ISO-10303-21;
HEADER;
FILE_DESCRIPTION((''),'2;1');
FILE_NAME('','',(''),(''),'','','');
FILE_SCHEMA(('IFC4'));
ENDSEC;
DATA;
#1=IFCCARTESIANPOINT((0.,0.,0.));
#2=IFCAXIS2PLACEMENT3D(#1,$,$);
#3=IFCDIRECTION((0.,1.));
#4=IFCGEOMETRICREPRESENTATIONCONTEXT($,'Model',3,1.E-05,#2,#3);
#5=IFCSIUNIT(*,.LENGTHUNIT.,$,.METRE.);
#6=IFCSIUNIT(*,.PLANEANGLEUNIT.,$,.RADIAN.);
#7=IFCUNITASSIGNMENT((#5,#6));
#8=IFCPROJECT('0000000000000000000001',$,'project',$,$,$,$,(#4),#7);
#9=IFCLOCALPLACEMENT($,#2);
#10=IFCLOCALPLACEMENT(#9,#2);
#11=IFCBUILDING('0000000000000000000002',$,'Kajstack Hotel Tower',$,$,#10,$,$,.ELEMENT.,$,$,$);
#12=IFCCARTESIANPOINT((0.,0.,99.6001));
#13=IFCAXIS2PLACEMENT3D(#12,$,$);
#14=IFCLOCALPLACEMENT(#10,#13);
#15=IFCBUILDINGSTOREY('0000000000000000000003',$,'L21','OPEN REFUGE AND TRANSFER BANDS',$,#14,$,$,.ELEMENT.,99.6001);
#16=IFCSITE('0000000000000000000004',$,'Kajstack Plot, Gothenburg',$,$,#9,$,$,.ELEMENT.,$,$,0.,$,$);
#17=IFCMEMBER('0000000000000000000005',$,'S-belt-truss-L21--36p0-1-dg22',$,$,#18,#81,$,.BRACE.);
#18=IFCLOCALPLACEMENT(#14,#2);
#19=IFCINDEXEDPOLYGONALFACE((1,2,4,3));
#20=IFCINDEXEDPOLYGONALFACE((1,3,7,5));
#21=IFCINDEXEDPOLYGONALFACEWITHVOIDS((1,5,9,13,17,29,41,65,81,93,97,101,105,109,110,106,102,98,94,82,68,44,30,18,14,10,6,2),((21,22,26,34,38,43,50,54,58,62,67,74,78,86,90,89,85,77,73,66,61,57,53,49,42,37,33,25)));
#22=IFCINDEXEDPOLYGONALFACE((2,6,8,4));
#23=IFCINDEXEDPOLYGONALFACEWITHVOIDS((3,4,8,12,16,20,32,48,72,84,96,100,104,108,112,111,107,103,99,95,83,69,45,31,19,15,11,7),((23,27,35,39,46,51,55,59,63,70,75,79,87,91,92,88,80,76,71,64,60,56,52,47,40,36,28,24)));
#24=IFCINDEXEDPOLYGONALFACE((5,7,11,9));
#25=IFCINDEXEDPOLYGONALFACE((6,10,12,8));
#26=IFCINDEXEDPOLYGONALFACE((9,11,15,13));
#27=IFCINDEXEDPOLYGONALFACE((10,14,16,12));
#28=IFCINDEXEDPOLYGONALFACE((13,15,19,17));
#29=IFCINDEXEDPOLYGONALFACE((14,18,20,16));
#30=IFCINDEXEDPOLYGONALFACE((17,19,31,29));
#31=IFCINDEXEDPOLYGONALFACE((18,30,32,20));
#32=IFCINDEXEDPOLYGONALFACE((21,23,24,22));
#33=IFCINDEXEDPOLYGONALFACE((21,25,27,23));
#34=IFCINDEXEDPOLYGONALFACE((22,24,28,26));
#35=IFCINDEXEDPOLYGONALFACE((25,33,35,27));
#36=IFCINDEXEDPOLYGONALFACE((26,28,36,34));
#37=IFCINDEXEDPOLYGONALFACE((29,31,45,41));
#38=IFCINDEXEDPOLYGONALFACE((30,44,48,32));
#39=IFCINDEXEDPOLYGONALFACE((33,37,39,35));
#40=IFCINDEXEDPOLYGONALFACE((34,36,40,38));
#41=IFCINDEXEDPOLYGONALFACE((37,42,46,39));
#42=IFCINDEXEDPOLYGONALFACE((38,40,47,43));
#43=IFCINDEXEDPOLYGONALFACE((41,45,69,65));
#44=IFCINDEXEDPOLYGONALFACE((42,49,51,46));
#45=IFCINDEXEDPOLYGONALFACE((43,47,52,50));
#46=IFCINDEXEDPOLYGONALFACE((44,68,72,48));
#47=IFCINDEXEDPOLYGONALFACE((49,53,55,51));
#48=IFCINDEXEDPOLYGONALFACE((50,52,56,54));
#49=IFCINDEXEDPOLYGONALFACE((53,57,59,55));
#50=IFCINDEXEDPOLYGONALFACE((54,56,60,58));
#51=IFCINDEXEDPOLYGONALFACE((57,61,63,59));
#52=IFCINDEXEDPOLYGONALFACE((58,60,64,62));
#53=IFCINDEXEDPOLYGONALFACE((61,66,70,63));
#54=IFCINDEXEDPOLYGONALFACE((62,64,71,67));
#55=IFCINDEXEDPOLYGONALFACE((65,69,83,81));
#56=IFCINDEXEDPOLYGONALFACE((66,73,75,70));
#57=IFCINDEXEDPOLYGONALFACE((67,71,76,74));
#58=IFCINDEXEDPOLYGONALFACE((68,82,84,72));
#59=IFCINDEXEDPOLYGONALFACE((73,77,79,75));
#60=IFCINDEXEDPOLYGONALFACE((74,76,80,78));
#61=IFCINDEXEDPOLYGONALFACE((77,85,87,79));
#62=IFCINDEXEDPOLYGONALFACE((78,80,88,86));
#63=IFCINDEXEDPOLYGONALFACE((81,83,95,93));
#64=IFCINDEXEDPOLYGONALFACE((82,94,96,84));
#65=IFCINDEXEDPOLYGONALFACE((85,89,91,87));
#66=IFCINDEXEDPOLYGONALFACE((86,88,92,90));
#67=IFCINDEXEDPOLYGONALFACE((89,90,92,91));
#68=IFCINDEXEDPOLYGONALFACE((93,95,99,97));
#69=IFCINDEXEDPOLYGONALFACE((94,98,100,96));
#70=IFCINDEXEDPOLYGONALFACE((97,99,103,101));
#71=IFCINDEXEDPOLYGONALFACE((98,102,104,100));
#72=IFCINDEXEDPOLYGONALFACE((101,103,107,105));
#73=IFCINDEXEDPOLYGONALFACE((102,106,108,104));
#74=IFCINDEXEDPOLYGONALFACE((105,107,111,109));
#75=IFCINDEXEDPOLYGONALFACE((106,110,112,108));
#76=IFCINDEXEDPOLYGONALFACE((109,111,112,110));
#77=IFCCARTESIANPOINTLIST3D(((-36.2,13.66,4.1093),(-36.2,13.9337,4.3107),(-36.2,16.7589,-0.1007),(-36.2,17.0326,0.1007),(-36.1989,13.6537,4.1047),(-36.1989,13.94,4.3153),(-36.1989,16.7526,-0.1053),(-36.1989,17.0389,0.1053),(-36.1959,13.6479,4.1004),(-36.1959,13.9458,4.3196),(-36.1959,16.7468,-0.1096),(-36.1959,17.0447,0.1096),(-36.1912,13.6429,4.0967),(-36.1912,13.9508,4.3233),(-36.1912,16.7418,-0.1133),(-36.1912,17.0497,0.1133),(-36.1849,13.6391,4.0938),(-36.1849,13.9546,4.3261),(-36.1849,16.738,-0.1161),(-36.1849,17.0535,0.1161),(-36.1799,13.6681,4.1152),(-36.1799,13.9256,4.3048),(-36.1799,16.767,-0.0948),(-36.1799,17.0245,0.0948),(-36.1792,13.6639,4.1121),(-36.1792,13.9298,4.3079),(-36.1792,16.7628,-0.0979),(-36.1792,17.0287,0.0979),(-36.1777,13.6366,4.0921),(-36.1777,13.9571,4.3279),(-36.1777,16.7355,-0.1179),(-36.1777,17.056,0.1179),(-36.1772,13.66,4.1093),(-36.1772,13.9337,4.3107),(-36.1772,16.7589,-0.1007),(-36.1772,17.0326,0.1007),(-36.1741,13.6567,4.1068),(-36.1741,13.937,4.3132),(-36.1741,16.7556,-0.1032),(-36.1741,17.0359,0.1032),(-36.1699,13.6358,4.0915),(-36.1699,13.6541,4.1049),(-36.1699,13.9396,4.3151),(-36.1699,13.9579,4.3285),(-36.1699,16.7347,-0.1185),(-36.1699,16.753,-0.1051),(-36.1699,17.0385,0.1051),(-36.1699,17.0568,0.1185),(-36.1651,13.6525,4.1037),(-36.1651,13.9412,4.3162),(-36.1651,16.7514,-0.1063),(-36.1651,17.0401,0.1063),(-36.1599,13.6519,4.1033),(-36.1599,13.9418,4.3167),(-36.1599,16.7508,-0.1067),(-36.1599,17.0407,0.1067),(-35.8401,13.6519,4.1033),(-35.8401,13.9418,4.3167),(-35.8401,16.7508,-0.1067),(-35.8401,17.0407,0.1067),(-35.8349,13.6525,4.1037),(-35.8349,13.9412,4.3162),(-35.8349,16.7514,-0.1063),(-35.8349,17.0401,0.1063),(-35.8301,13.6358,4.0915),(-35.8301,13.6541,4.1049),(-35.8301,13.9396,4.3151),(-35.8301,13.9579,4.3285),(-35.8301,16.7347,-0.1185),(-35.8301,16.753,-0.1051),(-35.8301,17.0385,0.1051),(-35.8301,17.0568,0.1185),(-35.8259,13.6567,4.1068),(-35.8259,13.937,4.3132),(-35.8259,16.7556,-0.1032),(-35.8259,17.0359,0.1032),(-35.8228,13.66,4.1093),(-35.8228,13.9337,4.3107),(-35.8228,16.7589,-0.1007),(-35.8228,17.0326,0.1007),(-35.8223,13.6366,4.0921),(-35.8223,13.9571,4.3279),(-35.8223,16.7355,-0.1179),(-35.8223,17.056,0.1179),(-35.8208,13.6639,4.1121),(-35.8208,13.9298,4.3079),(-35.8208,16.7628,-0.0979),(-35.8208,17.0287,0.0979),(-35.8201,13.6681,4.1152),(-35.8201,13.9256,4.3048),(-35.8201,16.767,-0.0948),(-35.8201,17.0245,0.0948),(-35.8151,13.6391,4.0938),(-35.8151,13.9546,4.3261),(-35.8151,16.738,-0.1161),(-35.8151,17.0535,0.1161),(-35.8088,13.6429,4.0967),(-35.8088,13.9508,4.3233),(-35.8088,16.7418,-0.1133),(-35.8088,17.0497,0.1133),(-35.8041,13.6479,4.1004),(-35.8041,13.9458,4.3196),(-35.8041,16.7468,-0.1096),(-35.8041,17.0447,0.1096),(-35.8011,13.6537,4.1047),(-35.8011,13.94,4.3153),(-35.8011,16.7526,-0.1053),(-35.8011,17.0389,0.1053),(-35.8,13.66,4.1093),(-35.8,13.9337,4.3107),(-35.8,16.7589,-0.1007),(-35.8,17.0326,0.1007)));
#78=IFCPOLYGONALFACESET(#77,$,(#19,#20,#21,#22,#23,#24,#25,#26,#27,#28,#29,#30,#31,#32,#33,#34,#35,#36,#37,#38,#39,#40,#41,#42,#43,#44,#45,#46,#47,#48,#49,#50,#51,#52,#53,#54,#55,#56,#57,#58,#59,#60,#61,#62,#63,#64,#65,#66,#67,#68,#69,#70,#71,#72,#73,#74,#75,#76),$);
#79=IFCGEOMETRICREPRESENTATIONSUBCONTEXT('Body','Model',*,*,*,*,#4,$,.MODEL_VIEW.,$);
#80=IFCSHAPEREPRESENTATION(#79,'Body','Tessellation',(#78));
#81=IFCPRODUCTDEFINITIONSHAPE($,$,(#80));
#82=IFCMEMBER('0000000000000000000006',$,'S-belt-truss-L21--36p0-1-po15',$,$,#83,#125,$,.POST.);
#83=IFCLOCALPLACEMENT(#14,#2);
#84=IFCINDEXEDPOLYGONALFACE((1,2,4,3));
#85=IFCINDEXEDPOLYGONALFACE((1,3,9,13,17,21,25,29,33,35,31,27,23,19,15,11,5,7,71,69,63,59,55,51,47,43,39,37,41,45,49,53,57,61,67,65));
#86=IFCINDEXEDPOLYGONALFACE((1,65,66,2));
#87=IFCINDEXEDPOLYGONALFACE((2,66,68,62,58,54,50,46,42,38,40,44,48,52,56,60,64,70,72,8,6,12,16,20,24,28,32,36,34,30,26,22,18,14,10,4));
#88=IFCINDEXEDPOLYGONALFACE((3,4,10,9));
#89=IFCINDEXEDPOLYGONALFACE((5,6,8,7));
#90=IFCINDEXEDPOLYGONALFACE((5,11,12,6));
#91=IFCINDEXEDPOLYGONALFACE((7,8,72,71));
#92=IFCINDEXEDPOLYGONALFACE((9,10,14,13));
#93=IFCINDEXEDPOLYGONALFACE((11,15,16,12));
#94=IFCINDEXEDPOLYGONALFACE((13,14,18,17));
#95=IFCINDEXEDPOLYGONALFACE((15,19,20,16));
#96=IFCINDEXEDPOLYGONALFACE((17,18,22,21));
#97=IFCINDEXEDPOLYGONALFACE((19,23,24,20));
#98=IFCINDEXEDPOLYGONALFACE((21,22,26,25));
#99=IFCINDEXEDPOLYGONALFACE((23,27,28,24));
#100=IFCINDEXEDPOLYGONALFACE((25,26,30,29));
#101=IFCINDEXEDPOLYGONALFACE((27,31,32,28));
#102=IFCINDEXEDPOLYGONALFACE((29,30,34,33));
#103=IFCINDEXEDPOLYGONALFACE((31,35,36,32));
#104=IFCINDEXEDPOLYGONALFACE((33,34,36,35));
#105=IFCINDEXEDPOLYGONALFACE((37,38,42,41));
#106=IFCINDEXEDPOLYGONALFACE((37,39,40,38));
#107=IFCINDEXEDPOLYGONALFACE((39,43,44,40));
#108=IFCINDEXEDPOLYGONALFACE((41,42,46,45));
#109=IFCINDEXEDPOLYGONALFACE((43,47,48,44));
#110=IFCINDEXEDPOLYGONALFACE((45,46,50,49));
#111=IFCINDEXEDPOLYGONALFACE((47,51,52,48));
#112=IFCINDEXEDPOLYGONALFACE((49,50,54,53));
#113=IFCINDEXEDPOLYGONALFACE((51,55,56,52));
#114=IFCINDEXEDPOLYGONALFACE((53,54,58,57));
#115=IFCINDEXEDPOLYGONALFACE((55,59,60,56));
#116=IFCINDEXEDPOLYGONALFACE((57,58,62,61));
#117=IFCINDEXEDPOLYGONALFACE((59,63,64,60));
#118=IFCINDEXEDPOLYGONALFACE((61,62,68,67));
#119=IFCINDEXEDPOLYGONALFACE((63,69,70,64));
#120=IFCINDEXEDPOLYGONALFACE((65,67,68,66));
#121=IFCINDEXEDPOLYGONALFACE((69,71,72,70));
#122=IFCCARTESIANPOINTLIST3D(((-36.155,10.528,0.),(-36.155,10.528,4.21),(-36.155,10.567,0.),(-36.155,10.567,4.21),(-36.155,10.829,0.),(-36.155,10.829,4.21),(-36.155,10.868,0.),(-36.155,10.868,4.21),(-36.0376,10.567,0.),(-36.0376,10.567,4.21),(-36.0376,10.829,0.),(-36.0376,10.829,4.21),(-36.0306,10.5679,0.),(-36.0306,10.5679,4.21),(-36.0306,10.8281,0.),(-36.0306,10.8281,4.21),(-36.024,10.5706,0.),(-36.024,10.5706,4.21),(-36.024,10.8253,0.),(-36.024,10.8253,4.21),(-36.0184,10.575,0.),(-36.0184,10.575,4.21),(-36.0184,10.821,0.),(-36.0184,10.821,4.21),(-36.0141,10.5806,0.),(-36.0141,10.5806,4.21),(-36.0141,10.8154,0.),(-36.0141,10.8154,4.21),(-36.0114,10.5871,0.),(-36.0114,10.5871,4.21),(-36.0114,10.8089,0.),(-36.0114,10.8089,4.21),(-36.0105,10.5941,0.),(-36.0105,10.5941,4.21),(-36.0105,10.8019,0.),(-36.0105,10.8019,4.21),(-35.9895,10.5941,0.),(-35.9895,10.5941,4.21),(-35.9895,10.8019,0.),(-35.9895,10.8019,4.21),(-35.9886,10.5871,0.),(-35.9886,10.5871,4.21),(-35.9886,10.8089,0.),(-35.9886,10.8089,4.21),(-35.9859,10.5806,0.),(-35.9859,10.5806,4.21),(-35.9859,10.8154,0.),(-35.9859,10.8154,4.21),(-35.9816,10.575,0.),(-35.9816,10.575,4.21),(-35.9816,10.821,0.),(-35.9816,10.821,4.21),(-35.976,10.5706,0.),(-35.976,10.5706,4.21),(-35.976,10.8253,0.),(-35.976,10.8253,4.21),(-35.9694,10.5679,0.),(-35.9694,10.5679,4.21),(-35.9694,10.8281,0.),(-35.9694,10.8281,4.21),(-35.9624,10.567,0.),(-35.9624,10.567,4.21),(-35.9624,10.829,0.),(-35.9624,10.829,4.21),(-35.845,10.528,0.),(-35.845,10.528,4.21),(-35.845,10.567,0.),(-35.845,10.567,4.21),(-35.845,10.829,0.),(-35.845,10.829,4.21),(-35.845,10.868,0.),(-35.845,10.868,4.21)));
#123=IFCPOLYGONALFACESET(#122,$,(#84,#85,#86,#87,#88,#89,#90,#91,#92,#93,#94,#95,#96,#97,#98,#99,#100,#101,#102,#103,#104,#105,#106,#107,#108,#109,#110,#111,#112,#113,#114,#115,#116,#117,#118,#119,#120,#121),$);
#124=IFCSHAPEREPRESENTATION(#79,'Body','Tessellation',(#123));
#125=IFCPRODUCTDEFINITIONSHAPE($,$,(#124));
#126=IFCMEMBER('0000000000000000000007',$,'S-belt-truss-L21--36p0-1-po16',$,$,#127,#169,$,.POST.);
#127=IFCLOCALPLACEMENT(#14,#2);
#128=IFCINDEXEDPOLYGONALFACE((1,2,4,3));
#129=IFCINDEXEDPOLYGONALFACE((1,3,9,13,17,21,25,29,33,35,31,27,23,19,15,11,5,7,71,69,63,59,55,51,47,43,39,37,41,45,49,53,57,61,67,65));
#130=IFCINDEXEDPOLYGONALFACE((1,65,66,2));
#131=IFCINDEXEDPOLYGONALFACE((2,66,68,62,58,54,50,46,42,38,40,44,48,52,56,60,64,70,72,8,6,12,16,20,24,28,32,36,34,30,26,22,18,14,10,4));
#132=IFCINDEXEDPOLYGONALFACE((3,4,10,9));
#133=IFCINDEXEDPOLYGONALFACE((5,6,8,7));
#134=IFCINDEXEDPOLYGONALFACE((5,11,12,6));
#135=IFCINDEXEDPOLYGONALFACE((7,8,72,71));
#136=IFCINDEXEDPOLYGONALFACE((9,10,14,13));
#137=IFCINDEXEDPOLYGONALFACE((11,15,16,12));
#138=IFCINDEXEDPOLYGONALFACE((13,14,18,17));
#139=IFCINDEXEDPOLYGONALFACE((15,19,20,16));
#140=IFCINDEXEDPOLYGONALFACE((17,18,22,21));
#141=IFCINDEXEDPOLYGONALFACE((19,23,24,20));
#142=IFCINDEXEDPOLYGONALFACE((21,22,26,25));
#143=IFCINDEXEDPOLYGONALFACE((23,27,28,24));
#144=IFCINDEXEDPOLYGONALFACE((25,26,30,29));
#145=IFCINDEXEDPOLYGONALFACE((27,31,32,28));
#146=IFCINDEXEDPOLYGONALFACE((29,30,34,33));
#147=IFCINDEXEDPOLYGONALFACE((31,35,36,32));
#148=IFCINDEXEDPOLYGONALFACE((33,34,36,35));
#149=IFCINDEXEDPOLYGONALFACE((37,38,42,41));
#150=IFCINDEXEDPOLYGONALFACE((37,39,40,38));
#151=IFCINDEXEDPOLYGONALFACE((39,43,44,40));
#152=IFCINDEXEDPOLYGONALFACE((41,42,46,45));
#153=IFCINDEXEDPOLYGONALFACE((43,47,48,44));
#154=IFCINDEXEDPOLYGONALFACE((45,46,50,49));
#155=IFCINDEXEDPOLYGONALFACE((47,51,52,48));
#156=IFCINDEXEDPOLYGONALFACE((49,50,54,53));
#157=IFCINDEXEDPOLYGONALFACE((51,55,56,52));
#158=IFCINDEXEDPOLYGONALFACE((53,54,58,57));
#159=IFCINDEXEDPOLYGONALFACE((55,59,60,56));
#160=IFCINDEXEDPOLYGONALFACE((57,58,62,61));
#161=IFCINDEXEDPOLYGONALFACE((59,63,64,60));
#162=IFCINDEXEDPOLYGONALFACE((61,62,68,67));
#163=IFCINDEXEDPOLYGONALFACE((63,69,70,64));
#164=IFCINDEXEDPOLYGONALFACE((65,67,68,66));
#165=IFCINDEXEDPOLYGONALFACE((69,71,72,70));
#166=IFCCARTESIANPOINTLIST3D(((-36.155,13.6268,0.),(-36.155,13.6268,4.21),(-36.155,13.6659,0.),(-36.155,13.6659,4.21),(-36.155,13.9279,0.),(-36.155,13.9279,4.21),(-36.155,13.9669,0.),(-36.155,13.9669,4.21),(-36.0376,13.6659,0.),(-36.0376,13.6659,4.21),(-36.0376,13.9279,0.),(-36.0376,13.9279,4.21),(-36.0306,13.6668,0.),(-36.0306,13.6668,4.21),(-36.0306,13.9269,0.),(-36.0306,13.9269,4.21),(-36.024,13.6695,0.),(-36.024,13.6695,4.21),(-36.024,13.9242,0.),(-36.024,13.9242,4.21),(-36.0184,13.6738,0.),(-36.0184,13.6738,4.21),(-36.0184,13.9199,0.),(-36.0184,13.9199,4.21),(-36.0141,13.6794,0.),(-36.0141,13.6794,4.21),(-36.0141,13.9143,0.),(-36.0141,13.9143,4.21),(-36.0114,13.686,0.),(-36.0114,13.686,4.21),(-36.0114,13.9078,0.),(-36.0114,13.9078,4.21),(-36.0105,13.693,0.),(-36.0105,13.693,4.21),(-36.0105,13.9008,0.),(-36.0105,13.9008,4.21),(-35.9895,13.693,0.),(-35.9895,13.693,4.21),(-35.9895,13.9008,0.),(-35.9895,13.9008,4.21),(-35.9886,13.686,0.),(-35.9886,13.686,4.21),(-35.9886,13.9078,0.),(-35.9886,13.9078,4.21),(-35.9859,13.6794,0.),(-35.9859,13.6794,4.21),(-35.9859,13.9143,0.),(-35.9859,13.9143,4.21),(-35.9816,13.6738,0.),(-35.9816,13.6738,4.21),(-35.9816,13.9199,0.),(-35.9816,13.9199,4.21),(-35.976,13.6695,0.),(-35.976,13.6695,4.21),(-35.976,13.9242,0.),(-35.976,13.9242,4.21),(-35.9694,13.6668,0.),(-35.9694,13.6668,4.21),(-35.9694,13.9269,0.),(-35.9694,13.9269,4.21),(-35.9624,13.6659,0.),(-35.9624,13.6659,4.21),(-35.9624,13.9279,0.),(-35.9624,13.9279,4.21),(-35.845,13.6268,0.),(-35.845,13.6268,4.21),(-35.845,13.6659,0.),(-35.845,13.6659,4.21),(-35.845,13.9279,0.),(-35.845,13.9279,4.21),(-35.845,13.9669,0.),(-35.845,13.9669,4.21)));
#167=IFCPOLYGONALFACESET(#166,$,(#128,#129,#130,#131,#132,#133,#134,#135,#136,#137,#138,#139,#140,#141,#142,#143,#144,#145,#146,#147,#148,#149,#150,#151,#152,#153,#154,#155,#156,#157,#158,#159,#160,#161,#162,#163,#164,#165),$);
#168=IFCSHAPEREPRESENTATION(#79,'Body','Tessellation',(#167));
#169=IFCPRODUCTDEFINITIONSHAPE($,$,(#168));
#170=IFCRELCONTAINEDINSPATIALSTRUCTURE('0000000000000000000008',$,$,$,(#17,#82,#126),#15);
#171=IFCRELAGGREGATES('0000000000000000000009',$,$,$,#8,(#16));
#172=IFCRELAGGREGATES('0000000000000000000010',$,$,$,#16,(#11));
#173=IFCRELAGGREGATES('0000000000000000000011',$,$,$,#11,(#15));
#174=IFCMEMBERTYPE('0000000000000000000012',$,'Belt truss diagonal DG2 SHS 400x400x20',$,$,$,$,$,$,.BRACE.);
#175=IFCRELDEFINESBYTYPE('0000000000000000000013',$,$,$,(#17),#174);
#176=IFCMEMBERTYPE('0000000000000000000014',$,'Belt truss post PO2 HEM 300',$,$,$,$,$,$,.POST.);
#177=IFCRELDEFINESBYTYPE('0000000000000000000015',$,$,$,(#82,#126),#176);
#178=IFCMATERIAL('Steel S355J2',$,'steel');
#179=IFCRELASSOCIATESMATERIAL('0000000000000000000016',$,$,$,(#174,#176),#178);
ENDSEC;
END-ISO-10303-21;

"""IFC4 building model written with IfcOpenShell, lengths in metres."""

from ifc_helpers import new_model, si_unit, direction, frame, origin, origin_2d, place, context, subcontext, project, spatial, hollow_rectangle, i_section, extrude, material, material_profile, profile_set, type_object, element, save


model = new_model("IFC4")

# Units and contexts
model_context = context("Model", 3, precision=1e-05, world=origin(), true_north=direction((0.0, 1.0)))
body_context = subcontext(model_context, "Body", "Model", "MODEL_VIEW")
ifc_project = project(units=[si_unit("LENGTHUNIT", "METRE"), si_unit("PLANEANGLEUNIT", "RADIAN")], contexts=[model_context])

# Site, building, storey
site_placement = place(None, origin())
site = spatial("IfcSite", under=ifc_project, at=site_placement, Name="Kajstack Plot, Gothenburg", CompositionType="ELEMENT", RefElevation=0.0)
building_placement = place(site_placement, origin())
building = spatial("IfcBuilding", under=site, at=building_placement, Name="Kajstack Hotel Tower", CompositionType="ELEMENT")
storey_placement = place(building_placement, frame((0.0, 0.0, 99.6001)))
storey = spatial("IfcBuildingStorey", under=building, at=storey_placement, Name="L21", Description="OPEN REFUGE AND TRANSFER BANDS", CompositionType="ELEMENT", Elevation=99.6001)

# Members
ifc_material = material(Name="Steel S355J2", Category="steel")
ifc_material_profile_1 = material_profile(ifc_material, hollow_rectangle(XDim=0.3999, YDim=0.3999, WallThickness=0.02, InnerFilletRadius=0.02, OuterFilletRadius=0.03, at=origin_2d()), Name="SHS 400x400x20")
ifc_profile_set_1 = profile_set([ifc_material_profile_1], Name="Steel S355J2")
member_type_1 = type_object("IfcMemberType", Name="Belt truss diagonal DG2 SHS 400x400x20", PredefinedType="BRACE", material=ifc_profile_set_1)
for number, where, z_axis, x_axis, name in (
    (1, (-36.0, 16.8958, 0.0), (0.0, -0.592802, 0.805348), (1.0, 0.0, 0.0), "S-belt-truss-L21--36p0-1-dg22"),
):
    element("IfcMember", number, at=place(storey_placement, frame(where, z_axis=z_axis, x_axis=x_axis)), inside=storey, type_object=member_type_1, Name=name, PredefinedType="BRACE", context=body_context, shape_type="SweptSolid", body=[
        extrude(hollow_rectangle(XDim=0.3999, YDim=0.3999, WallThickness=0.02, InnerFilletRadius=0.02, OuterFilletRadius=0.03, at=origin_2d()), origin(), (0.0, 0.0, 1.0), 5.2275),
    ])
ifc_material_profile_2 = material_profile(ifc_material, i_section(OverallWidth=0.3101, OverallDepth=0.3401, WebThickness=0.021, FlangeThickness=0.0391, FilletRadius=0.0271, at=origin_2d()), Name="HEM 300")
ifc_profile_set_2 = profile_set([ifc_material_profile_2], Name="Steel S355J2")
member_type_2 = type_object("IfcMemberType", Name="Belt truss post PO2 HEM 300", PredefinedType="POST", material=ifc_profile_set_2)
for number, where, z_axis, x_axis, name in (
    (2, (-36.0, 10.698, 0.0), (0.0, 0.0, 1.0), (1.0, 0.0, 0.0), "S-belt-truss-L21--36p0-1-po15"),
    (3, (-36.0, 13.7969, 0.0), (0.0, 0.0, 1.0), (1.0, 0.0, 0.0), "S-belt-truss-L21--36p0-1-po16"),
):
    element("IfcMember", number, at=place(storey_placement, frame(where, z_axis=z_axis, x_axis=x_axis)), inside=storey, type_object=member_type_2, Name=name, PredefinedType="POST", context=body_context, shape_type="SweptSolid", body=[
        extrude(i_section(OverallWidth=0.3101, OverallDepth=0.3401, WebThickness=0.021, FlangeThickness=0.0391, FilletRadius=0.0271, at=origin_2d()), origin(), (0.0, 0.0, 1.0), 4.21),
    ])

save(model, "model.ifc")
